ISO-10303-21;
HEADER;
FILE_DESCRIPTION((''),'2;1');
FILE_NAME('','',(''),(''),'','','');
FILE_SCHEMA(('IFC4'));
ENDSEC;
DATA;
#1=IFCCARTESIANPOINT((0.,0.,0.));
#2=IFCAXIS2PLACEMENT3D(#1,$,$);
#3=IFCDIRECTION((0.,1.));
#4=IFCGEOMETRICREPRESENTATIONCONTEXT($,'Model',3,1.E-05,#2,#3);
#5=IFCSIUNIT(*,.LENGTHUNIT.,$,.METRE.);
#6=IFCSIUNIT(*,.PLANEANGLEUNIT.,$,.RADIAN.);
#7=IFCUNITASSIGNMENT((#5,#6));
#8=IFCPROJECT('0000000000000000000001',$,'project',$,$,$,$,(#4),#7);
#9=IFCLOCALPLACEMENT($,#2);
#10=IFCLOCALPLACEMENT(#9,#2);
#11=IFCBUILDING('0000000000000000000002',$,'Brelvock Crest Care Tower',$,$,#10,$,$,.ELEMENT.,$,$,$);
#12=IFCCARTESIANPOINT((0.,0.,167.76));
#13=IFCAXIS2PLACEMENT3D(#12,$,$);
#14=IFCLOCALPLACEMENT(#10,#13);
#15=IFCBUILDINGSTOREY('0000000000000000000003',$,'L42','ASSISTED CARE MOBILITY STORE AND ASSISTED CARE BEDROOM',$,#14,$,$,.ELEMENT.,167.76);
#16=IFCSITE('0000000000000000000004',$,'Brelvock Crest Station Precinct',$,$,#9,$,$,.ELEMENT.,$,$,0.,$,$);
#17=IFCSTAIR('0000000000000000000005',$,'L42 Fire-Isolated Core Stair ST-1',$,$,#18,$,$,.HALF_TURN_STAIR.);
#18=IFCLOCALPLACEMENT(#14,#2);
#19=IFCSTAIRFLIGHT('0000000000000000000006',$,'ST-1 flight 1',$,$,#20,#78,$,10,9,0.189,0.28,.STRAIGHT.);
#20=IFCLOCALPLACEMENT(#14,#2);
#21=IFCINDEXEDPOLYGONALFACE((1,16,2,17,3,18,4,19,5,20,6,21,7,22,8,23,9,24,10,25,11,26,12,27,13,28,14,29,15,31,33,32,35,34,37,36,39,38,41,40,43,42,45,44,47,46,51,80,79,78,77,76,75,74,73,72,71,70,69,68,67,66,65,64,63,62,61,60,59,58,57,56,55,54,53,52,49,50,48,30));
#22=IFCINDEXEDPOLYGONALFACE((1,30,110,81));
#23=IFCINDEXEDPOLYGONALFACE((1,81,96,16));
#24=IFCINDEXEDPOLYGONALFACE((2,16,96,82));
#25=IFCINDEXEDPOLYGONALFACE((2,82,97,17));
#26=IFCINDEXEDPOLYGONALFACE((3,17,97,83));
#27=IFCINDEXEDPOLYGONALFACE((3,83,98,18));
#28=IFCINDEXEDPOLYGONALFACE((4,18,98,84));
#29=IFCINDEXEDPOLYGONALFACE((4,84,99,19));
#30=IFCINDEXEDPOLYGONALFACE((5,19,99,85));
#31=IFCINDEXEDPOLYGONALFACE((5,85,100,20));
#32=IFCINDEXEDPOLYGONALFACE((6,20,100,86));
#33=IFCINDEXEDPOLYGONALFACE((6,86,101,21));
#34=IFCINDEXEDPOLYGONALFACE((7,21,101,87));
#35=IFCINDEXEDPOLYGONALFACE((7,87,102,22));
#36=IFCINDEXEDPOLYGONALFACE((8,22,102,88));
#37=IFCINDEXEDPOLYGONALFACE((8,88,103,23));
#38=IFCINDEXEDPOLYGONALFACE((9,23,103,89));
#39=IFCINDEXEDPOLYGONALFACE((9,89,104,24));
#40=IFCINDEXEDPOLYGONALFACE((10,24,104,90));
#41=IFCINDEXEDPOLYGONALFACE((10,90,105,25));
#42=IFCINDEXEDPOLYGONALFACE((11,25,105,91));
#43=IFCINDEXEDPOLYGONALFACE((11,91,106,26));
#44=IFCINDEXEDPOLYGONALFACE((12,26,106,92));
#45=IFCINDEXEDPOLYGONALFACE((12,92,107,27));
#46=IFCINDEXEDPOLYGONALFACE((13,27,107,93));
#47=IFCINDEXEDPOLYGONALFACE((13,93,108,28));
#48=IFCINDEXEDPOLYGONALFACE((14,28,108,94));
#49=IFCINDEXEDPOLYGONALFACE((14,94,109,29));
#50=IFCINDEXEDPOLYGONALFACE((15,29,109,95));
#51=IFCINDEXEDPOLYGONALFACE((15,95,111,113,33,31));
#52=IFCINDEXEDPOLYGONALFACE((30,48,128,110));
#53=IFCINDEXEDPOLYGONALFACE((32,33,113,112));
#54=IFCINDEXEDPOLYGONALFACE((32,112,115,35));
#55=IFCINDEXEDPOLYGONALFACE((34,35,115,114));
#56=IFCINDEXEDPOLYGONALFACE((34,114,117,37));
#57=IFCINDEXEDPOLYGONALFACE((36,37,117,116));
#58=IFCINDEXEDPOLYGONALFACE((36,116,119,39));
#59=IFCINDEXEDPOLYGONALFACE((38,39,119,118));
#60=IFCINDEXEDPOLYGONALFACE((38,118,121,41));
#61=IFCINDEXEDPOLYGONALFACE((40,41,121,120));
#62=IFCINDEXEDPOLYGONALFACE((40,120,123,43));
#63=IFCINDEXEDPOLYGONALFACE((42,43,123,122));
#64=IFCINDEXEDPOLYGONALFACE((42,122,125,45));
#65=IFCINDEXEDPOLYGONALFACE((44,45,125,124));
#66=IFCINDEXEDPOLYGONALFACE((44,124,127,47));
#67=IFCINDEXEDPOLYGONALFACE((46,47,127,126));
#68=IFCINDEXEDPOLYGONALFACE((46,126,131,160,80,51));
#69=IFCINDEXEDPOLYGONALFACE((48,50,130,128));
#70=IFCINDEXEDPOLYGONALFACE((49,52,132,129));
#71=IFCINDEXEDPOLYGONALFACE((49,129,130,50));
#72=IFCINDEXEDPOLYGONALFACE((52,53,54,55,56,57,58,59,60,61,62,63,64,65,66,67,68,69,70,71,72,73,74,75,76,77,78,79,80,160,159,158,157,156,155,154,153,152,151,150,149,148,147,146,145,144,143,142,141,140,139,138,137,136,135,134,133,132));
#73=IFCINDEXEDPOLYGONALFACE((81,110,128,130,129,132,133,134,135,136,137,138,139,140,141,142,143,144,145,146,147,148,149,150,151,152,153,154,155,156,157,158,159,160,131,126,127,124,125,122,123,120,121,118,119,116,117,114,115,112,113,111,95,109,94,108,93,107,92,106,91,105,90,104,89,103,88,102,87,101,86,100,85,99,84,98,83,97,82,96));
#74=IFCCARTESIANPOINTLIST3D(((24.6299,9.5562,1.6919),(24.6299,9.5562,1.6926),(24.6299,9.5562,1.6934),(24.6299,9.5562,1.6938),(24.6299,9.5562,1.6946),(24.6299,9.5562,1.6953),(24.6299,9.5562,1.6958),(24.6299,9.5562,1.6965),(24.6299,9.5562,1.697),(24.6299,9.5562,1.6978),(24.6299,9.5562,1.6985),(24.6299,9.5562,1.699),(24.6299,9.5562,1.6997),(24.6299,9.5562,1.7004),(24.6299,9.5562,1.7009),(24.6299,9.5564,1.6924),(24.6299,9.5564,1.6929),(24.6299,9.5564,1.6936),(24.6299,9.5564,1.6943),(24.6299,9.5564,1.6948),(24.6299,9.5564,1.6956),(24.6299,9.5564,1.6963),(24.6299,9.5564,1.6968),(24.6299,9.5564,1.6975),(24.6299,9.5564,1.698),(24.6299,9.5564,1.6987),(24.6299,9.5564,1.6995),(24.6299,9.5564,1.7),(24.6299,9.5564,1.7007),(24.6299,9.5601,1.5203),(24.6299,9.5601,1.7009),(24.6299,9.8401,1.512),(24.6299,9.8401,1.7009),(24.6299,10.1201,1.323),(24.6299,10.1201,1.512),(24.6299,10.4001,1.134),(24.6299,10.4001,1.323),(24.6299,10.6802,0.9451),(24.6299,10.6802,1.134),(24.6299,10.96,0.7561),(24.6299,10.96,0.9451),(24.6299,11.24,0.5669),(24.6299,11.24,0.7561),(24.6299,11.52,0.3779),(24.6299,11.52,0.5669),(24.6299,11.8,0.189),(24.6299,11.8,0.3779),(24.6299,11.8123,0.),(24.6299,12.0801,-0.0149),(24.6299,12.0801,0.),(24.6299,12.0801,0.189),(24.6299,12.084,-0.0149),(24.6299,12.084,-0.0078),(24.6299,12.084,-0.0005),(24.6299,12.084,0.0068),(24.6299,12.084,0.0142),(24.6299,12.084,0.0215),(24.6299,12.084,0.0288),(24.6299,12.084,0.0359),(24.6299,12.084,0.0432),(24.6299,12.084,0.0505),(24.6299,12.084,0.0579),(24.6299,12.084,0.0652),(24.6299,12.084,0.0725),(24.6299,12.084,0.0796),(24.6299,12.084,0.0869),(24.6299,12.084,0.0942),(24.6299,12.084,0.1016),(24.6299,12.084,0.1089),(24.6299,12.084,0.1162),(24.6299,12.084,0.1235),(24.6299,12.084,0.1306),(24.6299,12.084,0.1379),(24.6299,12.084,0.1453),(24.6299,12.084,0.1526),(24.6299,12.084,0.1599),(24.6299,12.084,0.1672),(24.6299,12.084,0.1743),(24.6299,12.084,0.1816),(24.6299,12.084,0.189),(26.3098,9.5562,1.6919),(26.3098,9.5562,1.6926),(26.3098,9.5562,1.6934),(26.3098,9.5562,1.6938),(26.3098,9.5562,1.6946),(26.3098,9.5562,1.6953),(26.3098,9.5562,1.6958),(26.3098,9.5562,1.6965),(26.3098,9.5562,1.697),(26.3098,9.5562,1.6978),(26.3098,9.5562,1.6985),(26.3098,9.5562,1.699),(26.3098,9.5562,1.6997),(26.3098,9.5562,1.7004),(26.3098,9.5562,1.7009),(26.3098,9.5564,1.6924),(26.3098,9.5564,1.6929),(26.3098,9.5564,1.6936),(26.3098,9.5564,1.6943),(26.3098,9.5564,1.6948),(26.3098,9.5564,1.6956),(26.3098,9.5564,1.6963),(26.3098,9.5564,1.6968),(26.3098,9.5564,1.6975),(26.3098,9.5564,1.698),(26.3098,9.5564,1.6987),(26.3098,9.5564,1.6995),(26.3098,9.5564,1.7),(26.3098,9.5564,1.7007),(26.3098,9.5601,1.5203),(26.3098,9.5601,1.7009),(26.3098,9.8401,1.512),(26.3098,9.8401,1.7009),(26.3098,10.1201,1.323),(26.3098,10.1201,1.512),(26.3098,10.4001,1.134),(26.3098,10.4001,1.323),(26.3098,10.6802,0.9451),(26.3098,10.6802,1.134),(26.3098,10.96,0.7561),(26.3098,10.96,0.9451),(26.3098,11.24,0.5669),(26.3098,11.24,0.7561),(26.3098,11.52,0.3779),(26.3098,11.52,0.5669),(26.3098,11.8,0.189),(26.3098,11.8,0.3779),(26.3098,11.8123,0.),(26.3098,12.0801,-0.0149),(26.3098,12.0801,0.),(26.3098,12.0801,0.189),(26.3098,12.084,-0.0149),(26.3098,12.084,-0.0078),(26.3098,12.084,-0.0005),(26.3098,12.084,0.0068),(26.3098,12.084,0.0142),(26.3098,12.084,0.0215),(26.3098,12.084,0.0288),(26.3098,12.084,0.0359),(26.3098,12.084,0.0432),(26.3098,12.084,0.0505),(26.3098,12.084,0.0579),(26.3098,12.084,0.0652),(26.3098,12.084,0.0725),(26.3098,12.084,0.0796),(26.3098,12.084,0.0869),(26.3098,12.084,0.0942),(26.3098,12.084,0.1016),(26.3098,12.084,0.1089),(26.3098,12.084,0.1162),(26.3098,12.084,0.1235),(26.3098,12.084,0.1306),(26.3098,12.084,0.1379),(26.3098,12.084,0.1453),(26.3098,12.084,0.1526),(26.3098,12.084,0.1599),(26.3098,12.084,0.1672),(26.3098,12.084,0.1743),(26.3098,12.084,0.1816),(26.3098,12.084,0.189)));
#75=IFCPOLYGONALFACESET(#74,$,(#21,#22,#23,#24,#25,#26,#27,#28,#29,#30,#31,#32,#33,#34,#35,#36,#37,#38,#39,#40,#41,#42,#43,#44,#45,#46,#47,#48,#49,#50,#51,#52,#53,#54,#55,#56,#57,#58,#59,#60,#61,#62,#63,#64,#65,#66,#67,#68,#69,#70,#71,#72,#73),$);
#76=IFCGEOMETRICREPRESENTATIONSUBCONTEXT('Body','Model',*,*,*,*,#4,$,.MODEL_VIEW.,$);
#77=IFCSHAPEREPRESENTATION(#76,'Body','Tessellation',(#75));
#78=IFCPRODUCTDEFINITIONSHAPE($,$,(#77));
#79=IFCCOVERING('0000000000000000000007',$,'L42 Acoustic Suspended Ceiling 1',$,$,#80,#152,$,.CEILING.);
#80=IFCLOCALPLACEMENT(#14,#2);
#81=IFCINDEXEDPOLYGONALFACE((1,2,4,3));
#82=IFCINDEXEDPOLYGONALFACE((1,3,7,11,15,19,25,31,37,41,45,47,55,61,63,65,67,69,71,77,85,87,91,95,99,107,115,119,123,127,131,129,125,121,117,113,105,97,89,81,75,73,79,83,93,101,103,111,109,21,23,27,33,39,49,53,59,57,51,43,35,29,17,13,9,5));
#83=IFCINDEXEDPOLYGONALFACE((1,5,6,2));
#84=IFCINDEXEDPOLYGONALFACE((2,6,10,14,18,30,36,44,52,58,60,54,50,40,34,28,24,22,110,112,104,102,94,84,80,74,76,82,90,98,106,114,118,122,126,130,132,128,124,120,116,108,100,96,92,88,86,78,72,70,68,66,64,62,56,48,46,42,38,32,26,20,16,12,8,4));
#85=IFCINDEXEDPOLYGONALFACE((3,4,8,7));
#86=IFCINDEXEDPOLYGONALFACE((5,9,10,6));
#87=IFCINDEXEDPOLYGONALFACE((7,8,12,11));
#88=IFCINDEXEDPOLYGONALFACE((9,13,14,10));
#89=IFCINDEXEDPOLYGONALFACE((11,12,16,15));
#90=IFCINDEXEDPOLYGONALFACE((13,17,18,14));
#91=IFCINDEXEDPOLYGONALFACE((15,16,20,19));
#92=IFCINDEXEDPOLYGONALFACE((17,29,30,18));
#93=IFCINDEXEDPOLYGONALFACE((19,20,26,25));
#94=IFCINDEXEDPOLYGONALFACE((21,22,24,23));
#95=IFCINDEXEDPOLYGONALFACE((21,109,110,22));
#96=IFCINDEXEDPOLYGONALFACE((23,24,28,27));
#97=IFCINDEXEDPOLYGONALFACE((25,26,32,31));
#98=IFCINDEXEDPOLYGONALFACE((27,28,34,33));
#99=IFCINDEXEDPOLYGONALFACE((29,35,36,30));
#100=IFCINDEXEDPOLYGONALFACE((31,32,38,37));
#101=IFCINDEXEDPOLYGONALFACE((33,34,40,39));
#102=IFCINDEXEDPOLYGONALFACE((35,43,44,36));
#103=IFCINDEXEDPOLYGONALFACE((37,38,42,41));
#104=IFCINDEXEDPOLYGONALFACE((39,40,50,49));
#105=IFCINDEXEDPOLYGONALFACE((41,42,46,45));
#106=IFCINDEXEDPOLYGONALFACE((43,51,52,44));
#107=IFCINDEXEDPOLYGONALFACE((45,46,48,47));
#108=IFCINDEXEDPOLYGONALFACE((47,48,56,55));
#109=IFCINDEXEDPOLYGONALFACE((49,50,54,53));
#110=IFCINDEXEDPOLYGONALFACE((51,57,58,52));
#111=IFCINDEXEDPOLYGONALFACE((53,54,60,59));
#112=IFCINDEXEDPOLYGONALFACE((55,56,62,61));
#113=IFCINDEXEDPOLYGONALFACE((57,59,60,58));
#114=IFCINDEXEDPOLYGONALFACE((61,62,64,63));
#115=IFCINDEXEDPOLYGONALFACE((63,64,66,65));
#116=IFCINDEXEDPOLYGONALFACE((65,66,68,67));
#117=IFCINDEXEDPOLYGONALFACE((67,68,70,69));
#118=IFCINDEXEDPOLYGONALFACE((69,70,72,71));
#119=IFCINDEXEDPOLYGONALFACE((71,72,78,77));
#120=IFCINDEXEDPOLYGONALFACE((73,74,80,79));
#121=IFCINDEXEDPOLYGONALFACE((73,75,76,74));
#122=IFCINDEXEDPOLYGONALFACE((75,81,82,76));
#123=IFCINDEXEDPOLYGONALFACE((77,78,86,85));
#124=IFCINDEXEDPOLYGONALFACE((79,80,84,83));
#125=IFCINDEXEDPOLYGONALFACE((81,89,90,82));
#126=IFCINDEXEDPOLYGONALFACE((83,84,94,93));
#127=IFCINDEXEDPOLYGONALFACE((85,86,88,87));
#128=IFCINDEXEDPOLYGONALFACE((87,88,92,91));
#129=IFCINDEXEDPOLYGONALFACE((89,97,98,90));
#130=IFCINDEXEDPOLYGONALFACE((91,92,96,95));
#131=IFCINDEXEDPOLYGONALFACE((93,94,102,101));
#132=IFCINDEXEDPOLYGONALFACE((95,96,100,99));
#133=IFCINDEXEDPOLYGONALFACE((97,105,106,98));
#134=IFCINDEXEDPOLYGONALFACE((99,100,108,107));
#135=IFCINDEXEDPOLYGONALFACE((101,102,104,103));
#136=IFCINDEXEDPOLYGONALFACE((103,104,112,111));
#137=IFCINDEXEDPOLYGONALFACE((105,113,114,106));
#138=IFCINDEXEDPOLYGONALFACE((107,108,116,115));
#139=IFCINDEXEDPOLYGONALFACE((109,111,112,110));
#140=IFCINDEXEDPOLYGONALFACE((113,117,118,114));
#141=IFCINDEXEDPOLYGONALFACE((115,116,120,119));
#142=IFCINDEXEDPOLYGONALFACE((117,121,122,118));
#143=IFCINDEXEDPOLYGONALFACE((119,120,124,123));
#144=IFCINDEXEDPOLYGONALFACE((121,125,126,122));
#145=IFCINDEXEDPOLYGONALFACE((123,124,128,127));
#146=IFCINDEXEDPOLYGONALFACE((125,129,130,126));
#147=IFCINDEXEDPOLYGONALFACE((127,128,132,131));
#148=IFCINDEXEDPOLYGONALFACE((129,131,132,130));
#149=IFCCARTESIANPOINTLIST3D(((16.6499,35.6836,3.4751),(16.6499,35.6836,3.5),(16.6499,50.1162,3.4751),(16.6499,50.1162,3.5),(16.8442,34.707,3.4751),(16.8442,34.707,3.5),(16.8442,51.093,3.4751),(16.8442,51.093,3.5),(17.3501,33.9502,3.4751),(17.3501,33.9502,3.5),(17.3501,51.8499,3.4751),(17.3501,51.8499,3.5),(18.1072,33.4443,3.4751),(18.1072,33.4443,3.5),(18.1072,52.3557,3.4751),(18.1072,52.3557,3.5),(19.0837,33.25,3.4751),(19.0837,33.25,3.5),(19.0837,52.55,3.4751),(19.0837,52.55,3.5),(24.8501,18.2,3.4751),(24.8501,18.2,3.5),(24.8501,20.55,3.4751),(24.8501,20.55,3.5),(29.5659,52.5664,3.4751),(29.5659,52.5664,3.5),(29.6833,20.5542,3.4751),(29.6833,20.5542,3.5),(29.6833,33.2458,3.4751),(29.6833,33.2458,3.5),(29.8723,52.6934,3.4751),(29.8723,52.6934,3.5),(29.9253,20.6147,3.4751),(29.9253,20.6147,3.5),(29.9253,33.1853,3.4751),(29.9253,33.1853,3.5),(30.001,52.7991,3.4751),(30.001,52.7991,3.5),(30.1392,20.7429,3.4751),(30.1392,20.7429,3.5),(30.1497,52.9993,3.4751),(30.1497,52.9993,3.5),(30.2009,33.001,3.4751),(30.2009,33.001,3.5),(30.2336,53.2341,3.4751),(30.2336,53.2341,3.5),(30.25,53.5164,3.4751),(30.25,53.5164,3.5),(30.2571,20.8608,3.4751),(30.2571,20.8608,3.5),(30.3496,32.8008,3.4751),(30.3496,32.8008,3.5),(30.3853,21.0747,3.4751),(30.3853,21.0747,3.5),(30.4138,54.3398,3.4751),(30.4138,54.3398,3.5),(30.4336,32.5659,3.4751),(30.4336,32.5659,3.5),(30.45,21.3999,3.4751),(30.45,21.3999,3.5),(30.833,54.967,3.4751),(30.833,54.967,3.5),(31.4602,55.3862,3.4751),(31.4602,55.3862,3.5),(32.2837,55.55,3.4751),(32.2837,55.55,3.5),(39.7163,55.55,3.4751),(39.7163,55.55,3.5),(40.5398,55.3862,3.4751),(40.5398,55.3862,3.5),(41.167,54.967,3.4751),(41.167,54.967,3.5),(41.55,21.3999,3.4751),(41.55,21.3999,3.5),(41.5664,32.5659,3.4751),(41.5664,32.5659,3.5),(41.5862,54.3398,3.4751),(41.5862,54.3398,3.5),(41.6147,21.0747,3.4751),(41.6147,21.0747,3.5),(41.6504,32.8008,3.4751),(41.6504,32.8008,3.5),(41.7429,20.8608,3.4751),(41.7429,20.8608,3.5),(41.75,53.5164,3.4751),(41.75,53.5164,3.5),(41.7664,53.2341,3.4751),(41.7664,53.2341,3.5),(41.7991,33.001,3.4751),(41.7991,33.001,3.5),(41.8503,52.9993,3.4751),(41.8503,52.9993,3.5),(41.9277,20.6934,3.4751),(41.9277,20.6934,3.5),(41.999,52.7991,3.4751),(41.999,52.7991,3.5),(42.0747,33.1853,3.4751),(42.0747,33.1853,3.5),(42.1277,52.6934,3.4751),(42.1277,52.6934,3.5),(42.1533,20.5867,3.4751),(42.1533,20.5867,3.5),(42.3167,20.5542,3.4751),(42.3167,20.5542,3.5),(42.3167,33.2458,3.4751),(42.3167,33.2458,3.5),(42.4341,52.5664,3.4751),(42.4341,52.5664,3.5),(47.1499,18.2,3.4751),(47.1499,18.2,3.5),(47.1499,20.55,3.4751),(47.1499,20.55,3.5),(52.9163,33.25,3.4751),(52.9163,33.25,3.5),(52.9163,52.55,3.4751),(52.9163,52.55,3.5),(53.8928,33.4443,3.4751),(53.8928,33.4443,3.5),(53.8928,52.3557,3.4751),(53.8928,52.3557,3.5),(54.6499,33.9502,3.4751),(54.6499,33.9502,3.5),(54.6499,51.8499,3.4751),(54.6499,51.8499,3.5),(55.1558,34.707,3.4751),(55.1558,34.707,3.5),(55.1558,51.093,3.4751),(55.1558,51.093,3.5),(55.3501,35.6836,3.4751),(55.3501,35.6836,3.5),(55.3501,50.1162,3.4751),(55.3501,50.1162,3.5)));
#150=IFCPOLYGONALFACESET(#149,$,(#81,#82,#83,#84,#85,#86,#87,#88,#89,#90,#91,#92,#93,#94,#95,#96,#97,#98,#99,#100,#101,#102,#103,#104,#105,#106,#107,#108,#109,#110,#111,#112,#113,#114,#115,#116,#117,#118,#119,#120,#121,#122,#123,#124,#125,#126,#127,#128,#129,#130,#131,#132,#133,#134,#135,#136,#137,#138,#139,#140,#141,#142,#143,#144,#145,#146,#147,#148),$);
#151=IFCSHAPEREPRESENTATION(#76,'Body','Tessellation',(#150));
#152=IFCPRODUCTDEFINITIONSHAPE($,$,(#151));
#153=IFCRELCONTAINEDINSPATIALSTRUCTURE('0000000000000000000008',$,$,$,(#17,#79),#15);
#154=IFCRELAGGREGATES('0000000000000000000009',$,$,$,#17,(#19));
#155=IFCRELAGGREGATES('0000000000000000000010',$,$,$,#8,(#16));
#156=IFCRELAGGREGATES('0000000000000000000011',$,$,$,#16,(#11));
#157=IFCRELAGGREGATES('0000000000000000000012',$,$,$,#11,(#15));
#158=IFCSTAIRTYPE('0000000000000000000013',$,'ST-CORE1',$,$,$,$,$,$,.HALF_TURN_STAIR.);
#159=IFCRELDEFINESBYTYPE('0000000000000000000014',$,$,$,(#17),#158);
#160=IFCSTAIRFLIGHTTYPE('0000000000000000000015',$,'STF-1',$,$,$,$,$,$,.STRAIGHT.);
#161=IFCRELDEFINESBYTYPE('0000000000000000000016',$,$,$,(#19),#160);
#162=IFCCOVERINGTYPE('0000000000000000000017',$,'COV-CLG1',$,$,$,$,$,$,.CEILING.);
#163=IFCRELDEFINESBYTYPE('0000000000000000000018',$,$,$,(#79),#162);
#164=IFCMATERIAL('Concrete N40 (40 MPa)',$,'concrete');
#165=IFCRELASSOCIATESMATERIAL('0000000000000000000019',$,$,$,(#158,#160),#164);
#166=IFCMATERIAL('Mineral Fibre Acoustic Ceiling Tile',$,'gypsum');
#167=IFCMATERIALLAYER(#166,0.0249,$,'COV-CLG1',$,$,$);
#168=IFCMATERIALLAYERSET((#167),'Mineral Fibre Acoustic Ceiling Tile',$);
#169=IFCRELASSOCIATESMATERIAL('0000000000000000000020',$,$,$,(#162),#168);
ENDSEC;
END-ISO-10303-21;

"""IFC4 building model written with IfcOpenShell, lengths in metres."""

from ifc_helpers import new_model, si_unit, direction, frame, origin, place, context, subcontext, project, spatial, polyline, outline, extrude, material, layer, layer_set, type_object, element, aggregate, save


model = new_model("IFC4")

# Units and contexts
model_context = context("Model", 3, precision=1e-05, world=origin(), true_north=direction((0.0, 1.0)))
body_context = subcontext(model_context, "Body", "Model", "MODEL_VIEW")
ifc_project = project(units=[si_unit("LENGTHUNIT", "METRE"), si_unit("PLANEANGLEUNIT", "RADIAN")], contexts=[model_context])

# Site, building, storey
site_placement = place(None, origin())
site = spatial("IfcSite", under=ifc_project, at=site_placement, Name="Brelvock Crest Station Precinct", CompositionType="ELEMENT", RefElevation=0.0)
building_placement = place(site_placement, origin())
building = spatial("IfcBuilding", under=site, at=building_placement, Name="Brelvock Crest Care Tower", CompositionType="ELEMENT")
storey_placement = place(building_placement, frame((0.0, 0.0, 167.76)))
storey = spatial("IfcBuildingStorey", under=building, at=storey_placement, Name="L42", Description="ASSISTED CARE MOBILITY STORE AND ASSISTED CARE BEDROOM", CompositionType="ELEMENT", Elevation=167.76)

# Stair
ifc_material_1 = material(Name="Concrete N40 (40 MPa)", Category="concrete")
stair_type = type_object("IfcStairType", Name="ST-CORE1", PredefinedType="HALF_TURN_STAIR", material=ifc_material_1)
stair_1_placement = place(storey_placement, origin())
stair_1 = element("IfcStair", 1, at=stair_1_placement, inside=storey, type_object=stair_type, Name="L42 Fire-Isolated Core Stair ST-1", PredefinedType="HALF_TURN_STAIR")

# Stair flight
stair_flight_type = type_object("IfcStairFlightType", Name="STF-1", PredefinedType="STRAIGHT", material=ifc_material_1)
stair_flight_placement = place(storey_placement, frame((25.47, 12.0801, 0.0), z_axis=(0.0, 0.0, 1.0), x_axis=(0.0, -1.0, 0.0)))
stair_flight = element("IfcStairFlight", 2, at=stair_flight_placement, type_object=stair_flight_type, Name="ST-1 flight 1", NumberOfRisers=10, NumberOfTreads=9, PredefinedType="STRAIGHT", RiserHeight=0.189, TreadLength=0.28, context=body_context, shape_type="SweptSolid", body=[
    extrude(outline(polyline([(-0.0039, -0.0149), (-0.0039, -0.0078), (-0.0039, -0.0005), (-0.0039, 0.0068), (-0.0039, 0.0142), (-0.0039, 0.0215), (-0.0039, 0.0288), (-0.0039, 0.0359), (-0.0039, 0.0432), (-0.0039, 0.0505), (-0.0039, 0.0579), (-0.0039, 0.0652), (-0.0039, 0.0725), (-0.0039, 0.0796), (-0.0039, 0.0869), (-0.0039, 0.0942), (-0.0039, 0.1016), (-0.0039, 0.1089), (-0.0039, 0.1162), (-0.0039, 0.1235), (-0.0039, 0.1306), (-0.0039, 0.1379), (-0.0039, 0.1453), (-0.0039, 0.1526), (-0.0039, 0.1599), (-0.0039, 0.1672), (-0.0039, 0.1743), (-0.0039, 0.1816), (-0.0039, 0.189), (0.0, 0.189), (0.28, 0.189), (0.28, 0.3779), (0.5601, 0.3779), (0.5601, 0.5669), (0.8401, 0.5669), (0.8401, 0.7561), (1.1201, 0.7561), (1.1201, 0.9451), (1.3999, 0.9451), (1.3999, 1.134), (1.6799, 1.134), (1.6799, 1.323), (1.96, 1.323), (1.96, 1.512), (2.24, 1.512), (2.24, 1.7009), (2.52, 1.7009), (2.5239, 1.7009), (2.5237, 1.7007), (2.5239, 1.7004), (2.5237, 1.7), (2.5239, 1.6997), (2.5237, 1.6995), (2.5239, 1.699), (2.5237, 1.6987), (2.5239, 1.6985), (2.5237, 1.698), (2.5239, 1.6978), (2.5237, 1.6975), (2.5239, 1.697), (2.5237, 1.6968), (2.5239, 1.6965), (2.5237, 1.6963), (2.5239, 1.6958), (2.5237, 1.6956), (2.5239, 1.6953), (2.5237, 1.6948), (2.5239, 1.6946), (2.5237, 1.6943), (2.5239, 1.6938), (2.5237, 1.6936), (2.5239, 1.6934), (2.5237, 1.6929), (2.5239, 1.6926), (2.5237, 1.6924), (2.5239, 1.6919), (2.52, 1.5203), (0.2678, 0.0), (0.0, 0.0), (0.0, -0.0149), (-0.0039, -0.0149)])), frame((0.0, 0.8398, 0.0), z_axis=(0.0, -1.0, 0.0), x_axis=(1.0, 0.0, 0.0)), (0.0, 0.0, 1.0), 1.6799),
])
aggregate(stair_1, [stair_flight])

# Covering
ifc_material_2 = material(Name="Mineral Fibre Acoustic Ceiling Tile", Category="gypsum")
ifc_layer_1 = layer(ifc_material_2, 0.0249, Name="COV-CLG1")
ifc_layer_set_1 = layer_set([ifc_layer_1], Name="Mineral Fibre Acoustic Ceiling Tile")
covering_type_1 = type_object("IfcCoveringType", Name="COV-CLG1", PredefinedType="CEILING", material=ifc_layer_set_1)
covering_1_placement = place(storey_placement, frame((0.0, 0.0, 3.4751)))
element("IfcCovering", 3, at=covering_1_placement, inside=storey, type_object=covering_type_1, Name="L42 Acoustic Suspended Ceiling 1", PredefinedType="CEILING", context=body_context, shape_type="SweptSolid", body=[
    extrude(outline(polyline([(24.8501, 18.2), (47.1499, 18.2), (47.1499, 20.55), (42.3167, 20.5542), (42.1533, 20.5867), (41.9277, 20.6934), (41.7429, 20.8608), (41.6147, 21.0747), (41.55, 21.3999), (41.5664, 32.5659), (41.6504, 32.8008), (41.7991, 33.001), (42.0747, 33.1853), (42.3167, 33.2458), (52.9163, 33.25), (53.8928, 33.4443), (54.6499, 33.9502), (55.1558, 34.707), (55.3501, 35.6836), (55.3501, 50.1162), (55.1558, 51.093), (54.6499, 51.8499), (53.8928, 52.3557), (52.9163, 52.55), (42.4341, 52.5664), (42.1277, 52.6934), (41.999, 52.7991), (41.8503, 52.9993), (41.7664, 53.2341), (41.75, 53.5164), (41.5862, 54.3398), (41.167, 54.967), (40.5398, 55.3862), (39.7163, 55.55), (32.2837, 55.55), (31.4602, 55.3862), (30.833, 54.967), (30.4138, 54.3398), (30.25, 53.5164), (30.2336, 53.2341), (30.1497, 52.9993), (30.001, 52.7991), (29.8723, 52.6934), (29.5659, 52.5664), (19.0837, 52.55), (18.1072, 52.3557), (17.3501, 51.8499), (16.8442, 51.093), (16.6499, 50.1162), (16.6499, 35.6836), (16.8442, 34.707), (17.3501, 33.9502), (18.1072, 33.4443), (19.0837, 33.25), (29.6833, 33.2458), (29.9253, 33.1853), (30.2009, 33.001), (30.3496, 32.8008), (30.4336, 32.5659), (30.45, 21.3999), (30.3853, 21.0747), (30.2571, 20.8608), (30.1392, 20.7429), (29.9253, 20.6147), (29.6833, 20.5542), (24.8501, 20.55), (24.8501, 18.2)])), origin(), (0.0, 0.0, 1.0), 0.0249),
])

save(model, "model.ifc")
